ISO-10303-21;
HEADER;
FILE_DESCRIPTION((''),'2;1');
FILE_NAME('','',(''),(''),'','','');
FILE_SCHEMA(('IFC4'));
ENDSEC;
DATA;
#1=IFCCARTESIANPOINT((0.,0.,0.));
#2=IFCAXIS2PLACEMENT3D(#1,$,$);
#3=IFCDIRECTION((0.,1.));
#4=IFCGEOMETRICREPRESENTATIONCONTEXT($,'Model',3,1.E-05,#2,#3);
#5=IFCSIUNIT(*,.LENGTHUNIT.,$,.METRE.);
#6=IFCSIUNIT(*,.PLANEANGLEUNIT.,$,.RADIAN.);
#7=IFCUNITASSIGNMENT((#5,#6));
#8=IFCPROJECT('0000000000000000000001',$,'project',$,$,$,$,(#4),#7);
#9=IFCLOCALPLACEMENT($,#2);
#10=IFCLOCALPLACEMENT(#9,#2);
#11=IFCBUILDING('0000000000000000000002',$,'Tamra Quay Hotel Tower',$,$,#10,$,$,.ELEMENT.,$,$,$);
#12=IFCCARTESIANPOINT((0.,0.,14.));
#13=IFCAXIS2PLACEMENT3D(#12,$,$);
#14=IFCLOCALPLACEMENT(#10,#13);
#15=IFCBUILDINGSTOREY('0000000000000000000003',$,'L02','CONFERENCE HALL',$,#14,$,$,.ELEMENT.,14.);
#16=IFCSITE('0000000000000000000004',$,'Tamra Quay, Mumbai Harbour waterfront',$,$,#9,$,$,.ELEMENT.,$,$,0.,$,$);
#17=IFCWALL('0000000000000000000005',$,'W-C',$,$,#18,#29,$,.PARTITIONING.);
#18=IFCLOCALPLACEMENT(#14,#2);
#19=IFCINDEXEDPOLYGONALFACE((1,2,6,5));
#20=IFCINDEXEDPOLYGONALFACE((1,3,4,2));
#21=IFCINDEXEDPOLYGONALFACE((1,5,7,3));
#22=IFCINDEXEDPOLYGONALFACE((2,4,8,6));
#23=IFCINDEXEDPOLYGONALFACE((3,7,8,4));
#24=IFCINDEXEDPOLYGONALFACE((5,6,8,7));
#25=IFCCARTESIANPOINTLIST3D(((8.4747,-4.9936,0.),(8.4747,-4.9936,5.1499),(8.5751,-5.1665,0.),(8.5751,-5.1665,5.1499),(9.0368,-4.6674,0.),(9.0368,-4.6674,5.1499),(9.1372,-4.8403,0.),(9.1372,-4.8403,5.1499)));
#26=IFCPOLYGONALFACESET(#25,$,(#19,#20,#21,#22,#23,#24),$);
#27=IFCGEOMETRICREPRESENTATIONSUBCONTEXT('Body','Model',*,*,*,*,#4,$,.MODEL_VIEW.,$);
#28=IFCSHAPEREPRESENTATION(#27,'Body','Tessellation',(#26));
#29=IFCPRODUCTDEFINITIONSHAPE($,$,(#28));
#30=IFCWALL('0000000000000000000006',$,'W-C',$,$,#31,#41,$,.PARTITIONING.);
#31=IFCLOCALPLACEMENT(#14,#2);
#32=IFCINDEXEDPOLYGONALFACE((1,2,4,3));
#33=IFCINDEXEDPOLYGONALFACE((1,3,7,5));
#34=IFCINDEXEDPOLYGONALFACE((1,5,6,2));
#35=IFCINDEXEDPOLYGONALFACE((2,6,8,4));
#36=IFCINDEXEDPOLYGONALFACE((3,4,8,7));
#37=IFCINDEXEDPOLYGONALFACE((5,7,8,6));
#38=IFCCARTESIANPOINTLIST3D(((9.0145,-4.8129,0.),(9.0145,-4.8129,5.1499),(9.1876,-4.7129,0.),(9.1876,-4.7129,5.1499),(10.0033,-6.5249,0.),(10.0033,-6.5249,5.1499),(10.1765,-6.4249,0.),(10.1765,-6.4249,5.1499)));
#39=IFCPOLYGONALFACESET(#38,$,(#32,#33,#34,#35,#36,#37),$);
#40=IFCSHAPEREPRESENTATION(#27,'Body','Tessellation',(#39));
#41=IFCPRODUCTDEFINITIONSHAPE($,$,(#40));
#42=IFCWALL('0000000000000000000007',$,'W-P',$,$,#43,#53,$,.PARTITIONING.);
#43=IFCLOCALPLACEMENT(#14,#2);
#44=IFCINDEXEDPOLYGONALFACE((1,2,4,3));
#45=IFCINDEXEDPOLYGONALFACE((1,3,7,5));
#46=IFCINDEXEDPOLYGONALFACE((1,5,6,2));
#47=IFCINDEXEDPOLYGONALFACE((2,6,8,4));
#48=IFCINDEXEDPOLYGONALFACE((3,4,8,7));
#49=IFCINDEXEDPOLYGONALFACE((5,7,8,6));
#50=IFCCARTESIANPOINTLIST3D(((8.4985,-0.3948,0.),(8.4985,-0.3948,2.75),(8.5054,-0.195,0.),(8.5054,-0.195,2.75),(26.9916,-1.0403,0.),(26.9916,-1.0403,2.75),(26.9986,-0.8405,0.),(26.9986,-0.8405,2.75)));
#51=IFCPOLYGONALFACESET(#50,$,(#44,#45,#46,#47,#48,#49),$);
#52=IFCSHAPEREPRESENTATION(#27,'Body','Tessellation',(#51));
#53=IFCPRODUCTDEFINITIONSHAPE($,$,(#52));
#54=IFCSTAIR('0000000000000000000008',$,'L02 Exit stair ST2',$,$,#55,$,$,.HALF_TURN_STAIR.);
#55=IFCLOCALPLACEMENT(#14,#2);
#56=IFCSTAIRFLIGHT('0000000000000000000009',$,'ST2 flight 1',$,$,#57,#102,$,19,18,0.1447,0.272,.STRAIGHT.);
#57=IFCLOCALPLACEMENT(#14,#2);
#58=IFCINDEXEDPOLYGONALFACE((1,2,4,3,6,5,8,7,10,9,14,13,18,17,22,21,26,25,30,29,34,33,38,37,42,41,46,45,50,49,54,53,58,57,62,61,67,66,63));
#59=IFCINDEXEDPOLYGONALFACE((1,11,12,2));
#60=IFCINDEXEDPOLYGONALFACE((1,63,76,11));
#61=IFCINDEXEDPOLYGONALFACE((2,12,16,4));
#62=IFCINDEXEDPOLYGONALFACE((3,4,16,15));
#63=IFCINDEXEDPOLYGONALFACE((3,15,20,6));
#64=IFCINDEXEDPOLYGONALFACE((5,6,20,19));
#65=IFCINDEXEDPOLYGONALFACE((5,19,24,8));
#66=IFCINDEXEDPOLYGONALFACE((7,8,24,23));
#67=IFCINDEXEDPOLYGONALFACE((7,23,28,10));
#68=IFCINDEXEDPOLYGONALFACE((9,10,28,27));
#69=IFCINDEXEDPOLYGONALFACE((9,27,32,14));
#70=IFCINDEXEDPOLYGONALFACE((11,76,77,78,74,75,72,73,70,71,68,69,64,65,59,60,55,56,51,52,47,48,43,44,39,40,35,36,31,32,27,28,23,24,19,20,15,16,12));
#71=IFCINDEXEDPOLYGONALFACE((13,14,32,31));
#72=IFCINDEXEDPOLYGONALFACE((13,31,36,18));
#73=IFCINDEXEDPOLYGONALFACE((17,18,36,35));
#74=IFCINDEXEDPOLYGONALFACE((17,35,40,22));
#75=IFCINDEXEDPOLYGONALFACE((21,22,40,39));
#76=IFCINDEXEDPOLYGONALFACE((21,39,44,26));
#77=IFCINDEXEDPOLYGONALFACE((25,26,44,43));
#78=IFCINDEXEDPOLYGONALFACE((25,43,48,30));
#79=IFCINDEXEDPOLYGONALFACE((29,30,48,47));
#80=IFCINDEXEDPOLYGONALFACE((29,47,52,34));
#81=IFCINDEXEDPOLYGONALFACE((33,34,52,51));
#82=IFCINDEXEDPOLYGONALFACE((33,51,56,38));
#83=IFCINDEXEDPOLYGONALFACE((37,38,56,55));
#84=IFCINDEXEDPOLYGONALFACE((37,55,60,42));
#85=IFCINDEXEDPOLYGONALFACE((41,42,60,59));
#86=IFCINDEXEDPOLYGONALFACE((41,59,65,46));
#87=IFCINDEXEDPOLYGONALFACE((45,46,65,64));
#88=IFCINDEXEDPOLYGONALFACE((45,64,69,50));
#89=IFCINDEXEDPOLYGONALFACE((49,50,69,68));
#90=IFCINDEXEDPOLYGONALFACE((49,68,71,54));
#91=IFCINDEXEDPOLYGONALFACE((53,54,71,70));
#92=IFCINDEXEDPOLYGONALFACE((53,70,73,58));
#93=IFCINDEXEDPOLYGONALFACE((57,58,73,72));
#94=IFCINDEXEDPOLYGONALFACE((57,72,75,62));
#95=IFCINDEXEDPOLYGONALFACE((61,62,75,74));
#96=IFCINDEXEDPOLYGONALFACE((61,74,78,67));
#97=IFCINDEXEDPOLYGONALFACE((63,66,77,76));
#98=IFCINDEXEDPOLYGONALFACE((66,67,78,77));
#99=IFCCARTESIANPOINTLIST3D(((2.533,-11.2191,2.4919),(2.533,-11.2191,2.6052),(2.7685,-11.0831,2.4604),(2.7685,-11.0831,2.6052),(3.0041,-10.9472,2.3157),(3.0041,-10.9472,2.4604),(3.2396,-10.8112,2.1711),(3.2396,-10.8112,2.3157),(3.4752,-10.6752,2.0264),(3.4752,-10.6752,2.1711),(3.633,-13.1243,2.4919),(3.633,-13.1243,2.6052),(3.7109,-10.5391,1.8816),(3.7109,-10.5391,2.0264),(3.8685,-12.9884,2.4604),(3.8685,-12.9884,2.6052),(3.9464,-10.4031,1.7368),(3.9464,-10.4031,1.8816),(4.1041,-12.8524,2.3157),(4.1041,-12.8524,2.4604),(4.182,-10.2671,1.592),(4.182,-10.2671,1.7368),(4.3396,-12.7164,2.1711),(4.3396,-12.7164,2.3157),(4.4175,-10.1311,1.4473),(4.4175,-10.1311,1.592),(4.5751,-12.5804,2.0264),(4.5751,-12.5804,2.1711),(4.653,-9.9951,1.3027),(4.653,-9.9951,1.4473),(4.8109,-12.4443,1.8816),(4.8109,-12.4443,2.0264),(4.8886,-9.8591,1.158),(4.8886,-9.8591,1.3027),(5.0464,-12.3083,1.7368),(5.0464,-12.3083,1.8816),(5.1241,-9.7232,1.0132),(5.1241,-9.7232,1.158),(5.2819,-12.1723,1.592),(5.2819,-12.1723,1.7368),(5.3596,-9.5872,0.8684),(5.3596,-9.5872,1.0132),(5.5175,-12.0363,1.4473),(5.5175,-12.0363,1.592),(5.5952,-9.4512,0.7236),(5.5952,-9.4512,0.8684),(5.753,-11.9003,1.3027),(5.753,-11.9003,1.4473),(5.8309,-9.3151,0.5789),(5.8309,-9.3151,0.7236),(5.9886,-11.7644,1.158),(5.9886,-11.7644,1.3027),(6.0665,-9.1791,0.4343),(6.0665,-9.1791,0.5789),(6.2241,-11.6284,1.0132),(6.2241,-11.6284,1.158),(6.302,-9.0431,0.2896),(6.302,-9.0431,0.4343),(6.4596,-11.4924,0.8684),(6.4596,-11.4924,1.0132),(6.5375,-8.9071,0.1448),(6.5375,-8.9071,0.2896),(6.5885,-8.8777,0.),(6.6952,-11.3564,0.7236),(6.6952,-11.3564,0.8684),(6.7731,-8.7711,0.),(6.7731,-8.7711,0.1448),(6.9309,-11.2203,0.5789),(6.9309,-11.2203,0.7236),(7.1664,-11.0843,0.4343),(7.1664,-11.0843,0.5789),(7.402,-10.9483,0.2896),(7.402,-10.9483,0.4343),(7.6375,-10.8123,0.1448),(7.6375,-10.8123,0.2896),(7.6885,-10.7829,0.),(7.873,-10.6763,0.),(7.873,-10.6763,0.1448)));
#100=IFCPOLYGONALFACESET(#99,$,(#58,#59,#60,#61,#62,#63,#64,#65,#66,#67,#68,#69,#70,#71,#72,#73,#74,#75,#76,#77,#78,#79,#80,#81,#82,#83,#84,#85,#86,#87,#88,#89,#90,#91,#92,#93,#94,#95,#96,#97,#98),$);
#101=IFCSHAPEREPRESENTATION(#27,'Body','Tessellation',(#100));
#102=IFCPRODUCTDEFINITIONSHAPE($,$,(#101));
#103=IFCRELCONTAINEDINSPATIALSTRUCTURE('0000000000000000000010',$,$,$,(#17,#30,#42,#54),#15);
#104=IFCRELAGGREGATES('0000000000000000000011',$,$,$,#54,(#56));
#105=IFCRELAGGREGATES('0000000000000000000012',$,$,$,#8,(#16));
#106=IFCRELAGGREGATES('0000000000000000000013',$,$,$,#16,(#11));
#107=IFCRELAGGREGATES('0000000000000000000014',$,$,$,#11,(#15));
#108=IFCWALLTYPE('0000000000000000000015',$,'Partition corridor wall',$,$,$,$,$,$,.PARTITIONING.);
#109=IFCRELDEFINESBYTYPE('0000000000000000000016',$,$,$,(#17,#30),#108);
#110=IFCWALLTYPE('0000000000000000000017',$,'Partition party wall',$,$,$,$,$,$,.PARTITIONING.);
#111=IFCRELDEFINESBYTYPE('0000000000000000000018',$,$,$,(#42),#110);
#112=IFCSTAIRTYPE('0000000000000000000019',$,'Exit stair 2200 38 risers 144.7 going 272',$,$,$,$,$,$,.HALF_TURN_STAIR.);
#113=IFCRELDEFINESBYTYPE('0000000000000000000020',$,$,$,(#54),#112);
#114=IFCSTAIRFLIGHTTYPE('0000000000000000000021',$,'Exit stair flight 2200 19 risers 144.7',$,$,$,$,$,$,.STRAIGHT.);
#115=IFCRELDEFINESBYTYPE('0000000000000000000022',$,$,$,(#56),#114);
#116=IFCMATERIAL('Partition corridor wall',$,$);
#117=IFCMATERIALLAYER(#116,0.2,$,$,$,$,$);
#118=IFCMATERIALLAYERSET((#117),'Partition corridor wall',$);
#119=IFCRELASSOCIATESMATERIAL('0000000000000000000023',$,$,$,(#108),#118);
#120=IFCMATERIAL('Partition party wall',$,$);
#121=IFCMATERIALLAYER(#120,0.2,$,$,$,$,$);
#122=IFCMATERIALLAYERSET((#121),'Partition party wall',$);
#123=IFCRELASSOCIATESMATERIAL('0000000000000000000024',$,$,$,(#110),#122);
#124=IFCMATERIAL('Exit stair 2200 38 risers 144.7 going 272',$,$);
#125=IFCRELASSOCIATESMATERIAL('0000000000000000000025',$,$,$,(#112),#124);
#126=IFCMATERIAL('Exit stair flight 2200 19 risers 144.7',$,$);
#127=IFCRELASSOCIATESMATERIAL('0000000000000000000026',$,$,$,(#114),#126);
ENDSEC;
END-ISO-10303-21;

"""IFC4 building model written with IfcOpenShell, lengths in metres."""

from ifc_helpers import new_model, si_unit, direction, frame, frame_2d, origin, place, context, subcontext, project, spatial, polyline, rectangle, outline, extrude, material, layer, layer_set, type_object, element, aggregate, save


model = new_model("IFC4")

# Units and contexts
model_context = context("Model", 3, precision=1e-05, world=origin(), true_north=direction((0.0, 1.0)))
body_context = subcontext(model_context, "Body", "Model", "MODEL_VIEW")
ifc_project = project(units=[si_unit("LENGTHUNIT", "METRE"), si_unit("PLANEANGLEUNIT", "RADIAN")], contexts=[model_context])

# Site, building, storey
site_placement = place(None, origin())
site = spatial("IfcSite", under=ifc_project, at=site_placement, Name="Tamra Quay, Mumbai Harbour waterfront", CompositionType="ELEMENT", RefElevation=0.0)
building_placement = place(site_placement, origin())
building = spatial("IfcBuilding", under=site, at=building_placement, Name="Tamra Quay Hotel Tower", CompositionType="ELEMENT")
storey_placement = place(building_placement, frame((0.0, 0.0, 14.0)))
storey = spatial("IfcBuildingStorey", under=building, at=storey_placement, Name="L02", Description="CONFERENCE HALL", CompositionType="ELEMENT", Elevation=14.0)

# Shared definitions
ifc_material_1 = material(Name="Partition corridor wall")
ifc_layer_1 = layer(ifc_material_1, 0.2)
ifc_layer_set_1 = layer_set([ifc_layer_1], Name="Partition corridor wall")
wall_type_1 = type_object("IfcWallType", Name="Partition corridor wall", PredefinedType="PARTITIONING", material=ifc_layer_set_1)

# Walls
wall_1_placement = place(storey_placement, frame((8.5249, -5.0801, 0.0), z_axis=(0.0, 0.0, 1.0), x_axis=(0.864894, 0.501954, 0.0)))
element("IfcWall", 1, at=wall_1_placement, inside=storey, type_object=wall_type_1, Name="W-C", PredefinedType="PARTITIONING", context=body_context, shape_type="SweptSolid", body=[
    extrude(rectangle(XDim=0.6499, YDim=0.2, at=frame_2d((0.325, 0.0))), origin(), (0.0, 0.0, 1.0), 5.1499),
])
wall_2_placement = place(storey_placement, frame((9.1011, -4.7629, 0.0), z_axis=(0.0, 0.0, 1.0), x_axis=(0.50015, -0.865939, 0.0)))
element("IfcWall", 2, at=wall_2_placement, inside=storey, type_object=wall_type_1, Name="W-C", PredefinedType="PARTITIONING", context=body_context, shape_type="SweptSolid", body=[
    extrude(rectangle(XDim=1.9771, YDim=0.2, at=frame_2d((0.9885, 0.0))), origin(), (0.0, 0.0, 1.0), 5.1499),
])
ifc_material_2 = material(Name="Partition party wall")
ifc_layer_2 = layer(ifc_material_2, 0.2)
ifc_layer_set_2 = layer_set([ifc_layer_2], Name="Partition party wall")
wall_type_2 = type_object("IfcWallType", Name="Partition party wall", PredefinedType="PARTITIONING", material=ifc_layer_set_2)
wall_3_placement = place(storey_placement, frame((8.502, -0.2949, 0.0), z_axis=(0.0, 0.0, 1.0), x_axis=(0.999391, -0.034884, 0.0)))
element("IfcWall", 3, at=wall_3_placement, inside=storey, type_object=wall_type_2, Name="W-P", PredefinedType="PARTITIONING", context=body_context, shape_type="SweptSolid", body=[
    extrude(rectangle(XDim=18.5044, YDim=0.2, at=frame_2d((9.2522, 0.0))), origin(), (0.0, 0.0, 1.0), 2.75),
])

# Stair, stair flight
ifc_material_3 = material(Name="Exit stair 2200 38 risers 144.7 going 272")
stair_type = type_object("IfcStairType", Name="Exit stair 2200 38 risers 144.7 going 272", PredefinedType="HALF_TURN_STAIR", material=ifc_material_3)
stair_placement = place(storey_placement, origin())
stair = element("IfcStair", 4, at=stair_placement, inside=storey, type_object=stair_type, Name="L02 Exit stair ST2", PredefinedType="HALF_TURN_STAIR")
ifc_material_4 = material(Name="Exit stair flight 2200 19 risers 144.7")
stair_flight_type = type_object("IfcStairFlightType", Name="Exit stair flight 2200 19 risers 144.7", PredefinedType="STRAIGHT", material=ifc_material_4)
stair_flight_placement = place(storey_placement, frame((7.323, -9.7236, 0.0), z_axis=(0.0, 0.0, 1.0), x_axis=(-0.866025, -0.5, 0.0)))
stair_flight = element("IfcStairFlight", 5, at=stair_flight_placement, type_object=stair_flight_type, Name="ST2 flight 1", NumberOfRisers=19, NumberOfTreads=18, PredefinedType="STRAIGHT", RiserHeight=0.1447, TreadLength=0.272, context=body_context, shape_type="SweptSolid", body=[
    extrude(outline(polyline([(0.0, 0.0), (0.0, 0.1448), (0.272, 0.1448), (0.272, 0.2896), (0.5439, 0.2896), (0.5439, 0.4343), (0.8159, 0.4343), (0.8159, 0.5789), (1.0879, 0.5789), (1.0879, 0.7236), (1.3601, 0.7236), (1.3601, 0.8684), (1.6321, 0.8684), (1.6321, 1.0132), (1.9041, 1.0132), (1.9041, 1.158), (2.176, 1.158), (2.176, 1.3027), (2.448, 1.3027), (2.448, 1.4473), (2.72, 1.4473), (2.72, 1.592), (2.9919, 1.592), (2.9919, 1.7368), (3.2639, 1.7368), (3.2639, 1.8816), (3.5359, 1.8816), (3.5359, 2.0264), (3.8081, 2.0264), (3.8081, 2.1711), (4.0801, 2.1711), (4.0801, 2.3157), (4.3521, 2.3157), (4.3521, 2.4604), (4.624, 2.4604), (4.624, 2.6052), (4.896, 2.6052), (4.896, 2.75), (4.896, 2.4919), (0.2131, 0.0), (0.0, 0.0)])), frame((0.0, 1.1001, 0.0), z_axis=(0.0, -1.0, 0.0), x_axis=(1.0, 0.0, 0.0)), (0.0, 0.0, 1.0), 2.2),
])
aggregate(stair, [stair_flight])

save(model, "model.ifc")
